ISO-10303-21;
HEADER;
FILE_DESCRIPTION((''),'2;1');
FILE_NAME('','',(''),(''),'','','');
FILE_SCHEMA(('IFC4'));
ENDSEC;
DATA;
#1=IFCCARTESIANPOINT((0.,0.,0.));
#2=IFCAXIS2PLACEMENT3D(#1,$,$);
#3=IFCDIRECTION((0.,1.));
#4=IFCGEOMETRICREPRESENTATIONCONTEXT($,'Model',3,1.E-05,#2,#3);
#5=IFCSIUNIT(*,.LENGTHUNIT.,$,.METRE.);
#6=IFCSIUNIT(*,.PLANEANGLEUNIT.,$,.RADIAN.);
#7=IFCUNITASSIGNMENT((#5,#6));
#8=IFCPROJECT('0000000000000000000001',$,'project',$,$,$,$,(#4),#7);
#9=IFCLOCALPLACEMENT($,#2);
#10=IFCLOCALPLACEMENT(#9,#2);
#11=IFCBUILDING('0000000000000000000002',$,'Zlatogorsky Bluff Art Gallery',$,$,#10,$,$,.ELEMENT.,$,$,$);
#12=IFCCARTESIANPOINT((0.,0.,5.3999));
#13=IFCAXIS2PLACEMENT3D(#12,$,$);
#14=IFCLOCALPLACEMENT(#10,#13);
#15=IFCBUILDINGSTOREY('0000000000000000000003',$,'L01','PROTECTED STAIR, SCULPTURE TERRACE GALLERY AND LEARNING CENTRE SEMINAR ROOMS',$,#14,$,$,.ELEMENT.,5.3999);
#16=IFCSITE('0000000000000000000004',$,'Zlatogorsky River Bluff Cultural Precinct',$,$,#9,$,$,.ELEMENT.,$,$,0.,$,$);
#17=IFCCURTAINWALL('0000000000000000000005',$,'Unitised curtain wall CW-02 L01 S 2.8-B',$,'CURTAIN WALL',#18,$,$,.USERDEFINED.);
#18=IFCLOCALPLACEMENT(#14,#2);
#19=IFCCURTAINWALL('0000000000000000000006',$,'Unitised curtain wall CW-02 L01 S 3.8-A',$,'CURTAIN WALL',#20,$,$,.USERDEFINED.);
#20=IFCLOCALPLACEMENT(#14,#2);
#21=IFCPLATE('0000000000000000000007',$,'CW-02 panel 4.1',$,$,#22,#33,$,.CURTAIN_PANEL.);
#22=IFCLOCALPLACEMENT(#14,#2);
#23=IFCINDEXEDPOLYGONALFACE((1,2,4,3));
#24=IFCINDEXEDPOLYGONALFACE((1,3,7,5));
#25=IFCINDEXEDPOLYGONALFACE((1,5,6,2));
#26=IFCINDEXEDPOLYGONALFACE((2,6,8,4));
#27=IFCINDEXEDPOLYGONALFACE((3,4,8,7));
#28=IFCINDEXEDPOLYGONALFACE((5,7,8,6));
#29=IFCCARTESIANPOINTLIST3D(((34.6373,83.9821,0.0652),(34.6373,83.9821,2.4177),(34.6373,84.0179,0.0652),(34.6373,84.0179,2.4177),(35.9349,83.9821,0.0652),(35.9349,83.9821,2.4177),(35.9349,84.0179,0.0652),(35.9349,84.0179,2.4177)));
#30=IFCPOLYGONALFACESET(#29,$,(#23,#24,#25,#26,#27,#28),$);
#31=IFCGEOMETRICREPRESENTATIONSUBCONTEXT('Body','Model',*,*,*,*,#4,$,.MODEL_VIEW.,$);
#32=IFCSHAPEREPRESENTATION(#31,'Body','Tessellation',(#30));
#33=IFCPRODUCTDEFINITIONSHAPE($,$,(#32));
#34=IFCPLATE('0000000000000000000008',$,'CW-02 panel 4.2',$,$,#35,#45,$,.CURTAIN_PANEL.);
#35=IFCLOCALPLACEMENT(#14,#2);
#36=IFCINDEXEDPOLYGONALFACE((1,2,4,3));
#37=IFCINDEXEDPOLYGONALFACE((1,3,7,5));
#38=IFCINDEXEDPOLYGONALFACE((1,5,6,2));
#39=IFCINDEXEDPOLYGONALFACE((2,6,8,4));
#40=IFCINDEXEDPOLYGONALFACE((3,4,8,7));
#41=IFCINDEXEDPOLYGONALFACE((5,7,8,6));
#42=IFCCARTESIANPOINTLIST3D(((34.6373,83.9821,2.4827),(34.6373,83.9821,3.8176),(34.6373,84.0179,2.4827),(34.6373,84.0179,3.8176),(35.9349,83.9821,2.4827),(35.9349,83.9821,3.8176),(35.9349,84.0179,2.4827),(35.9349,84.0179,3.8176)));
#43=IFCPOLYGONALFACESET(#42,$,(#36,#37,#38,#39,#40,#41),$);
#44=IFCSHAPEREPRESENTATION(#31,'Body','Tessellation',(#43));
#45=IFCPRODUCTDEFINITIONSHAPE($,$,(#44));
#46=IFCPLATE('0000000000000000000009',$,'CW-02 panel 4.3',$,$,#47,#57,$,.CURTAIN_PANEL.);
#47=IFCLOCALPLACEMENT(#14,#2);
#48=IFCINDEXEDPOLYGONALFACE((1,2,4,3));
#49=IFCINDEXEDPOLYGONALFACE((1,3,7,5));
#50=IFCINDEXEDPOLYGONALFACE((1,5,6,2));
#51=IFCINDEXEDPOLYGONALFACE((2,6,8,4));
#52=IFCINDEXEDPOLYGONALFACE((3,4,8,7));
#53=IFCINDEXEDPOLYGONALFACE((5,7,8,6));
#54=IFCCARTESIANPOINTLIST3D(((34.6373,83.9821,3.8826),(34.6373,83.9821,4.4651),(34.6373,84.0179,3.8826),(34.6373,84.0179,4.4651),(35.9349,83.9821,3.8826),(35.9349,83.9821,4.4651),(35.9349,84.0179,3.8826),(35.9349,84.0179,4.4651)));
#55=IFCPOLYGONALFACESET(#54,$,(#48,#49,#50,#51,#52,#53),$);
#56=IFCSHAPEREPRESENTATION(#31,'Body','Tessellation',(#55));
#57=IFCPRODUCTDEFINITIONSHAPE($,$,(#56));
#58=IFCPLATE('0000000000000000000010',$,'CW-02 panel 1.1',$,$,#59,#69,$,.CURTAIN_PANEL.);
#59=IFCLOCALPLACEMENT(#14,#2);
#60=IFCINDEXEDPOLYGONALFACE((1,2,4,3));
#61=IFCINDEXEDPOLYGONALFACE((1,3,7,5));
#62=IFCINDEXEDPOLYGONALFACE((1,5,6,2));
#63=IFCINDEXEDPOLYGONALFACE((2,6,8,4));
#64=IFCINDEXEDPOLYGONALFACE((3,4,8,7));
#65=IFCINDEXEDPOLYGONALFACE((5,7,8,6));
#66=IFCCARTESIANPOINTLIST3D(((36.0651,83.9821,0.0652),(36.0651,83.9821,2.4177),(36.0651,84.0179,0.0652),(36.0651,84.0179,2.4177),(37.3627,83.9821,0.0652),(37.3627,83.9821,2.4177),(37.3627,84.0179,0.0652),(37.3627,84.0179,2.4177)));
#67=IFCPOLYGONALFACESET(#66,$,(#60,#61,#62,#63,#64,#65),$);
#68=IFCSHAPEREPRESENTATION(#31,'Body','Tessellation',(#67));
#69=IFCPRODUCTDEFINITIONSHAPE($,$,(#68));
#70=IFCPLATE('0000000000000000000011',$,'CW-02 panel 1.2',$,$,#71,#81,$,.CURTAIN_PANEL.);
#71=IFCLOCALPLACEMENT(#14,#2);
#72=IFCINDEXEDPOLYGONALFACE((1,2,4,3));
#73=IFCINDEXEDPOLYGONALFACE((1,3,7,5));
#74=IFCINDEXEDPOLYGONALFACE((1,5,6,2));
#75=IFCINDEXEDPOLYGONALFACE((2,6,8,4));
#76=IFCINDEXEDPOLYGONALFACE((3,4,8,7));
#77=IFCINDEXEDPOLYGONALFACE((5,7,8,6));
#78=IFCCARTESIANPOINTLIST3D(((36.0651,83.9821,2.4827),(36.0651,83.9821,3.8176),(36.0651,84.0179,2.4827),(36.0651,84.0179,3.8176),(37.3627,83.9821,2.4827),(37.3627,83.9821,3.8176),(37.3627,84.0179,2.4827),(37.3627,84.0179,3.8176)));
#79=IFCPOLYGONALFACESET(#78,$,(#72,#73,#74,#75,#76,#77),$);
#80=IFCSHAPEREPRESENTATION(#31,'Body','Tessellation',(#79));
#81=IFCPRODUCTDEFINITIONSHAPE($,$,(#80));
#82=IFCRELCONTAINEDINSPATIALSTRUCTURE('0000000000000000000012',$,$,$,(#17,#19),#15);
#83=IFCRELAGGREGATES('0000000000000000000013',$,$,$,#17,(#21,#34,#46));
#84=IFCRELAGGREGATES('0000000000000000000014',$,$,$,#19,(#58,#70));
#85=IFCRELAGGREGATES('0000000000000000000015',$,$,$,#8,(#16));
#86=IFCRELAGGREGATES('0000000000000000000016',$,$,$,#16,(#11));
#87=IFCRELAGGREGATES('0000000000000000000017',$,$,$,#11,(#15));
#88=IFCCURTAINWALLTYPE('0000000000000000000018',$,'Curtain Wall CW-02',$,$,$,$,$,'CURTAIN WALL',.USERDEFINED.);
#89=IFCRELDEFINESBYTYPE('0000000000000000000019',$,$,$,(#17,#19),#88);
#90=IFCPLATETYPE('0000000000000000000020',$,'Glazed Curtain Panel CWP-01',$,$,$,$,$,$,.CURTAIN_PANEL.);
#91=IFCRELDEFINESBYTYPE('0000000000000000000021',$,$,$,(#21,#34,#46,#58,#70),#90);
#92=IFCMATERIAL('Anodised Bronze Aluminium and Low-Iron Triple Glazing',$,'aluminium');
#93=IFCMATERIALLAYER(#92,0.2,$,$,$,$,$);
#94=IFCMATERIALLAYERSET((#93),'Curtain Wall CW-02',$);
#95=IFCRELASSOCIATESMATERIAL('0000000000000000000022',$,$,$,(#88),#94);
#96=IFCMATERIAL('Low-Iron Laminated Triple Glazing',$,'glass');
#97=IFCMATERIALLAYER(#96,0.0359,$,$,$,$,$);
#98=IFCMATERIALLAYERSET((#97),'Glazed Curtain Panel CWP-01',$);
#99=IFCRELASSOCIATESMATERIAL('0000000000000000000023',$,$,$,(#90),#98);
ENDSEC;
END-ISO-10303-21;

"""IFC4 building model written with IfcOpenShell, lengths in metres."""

from ifc_helpers import new_model, si_unit, direction, frame, origin, origin_2d, place, context, subcontext, project, spatial, rectangle, extrude, material, layer, layer_set, type_object, element, aggregate, save


model = new_model("IFC4")

# Units and contexts
model_context = context("Model", 3, precision=1e-05, world=origin(), true_north=direction((0.0, 1.0)))
body_context = subcontext(model_context, "Body", "Model", "MODEL_VIEW")
ifc_project = project(units=[si_unit("LENGTHUNIT", "METRE"), si_unit("PLANEANGLEUNIT", "RADIAN")], contexts=[model_context])

# Site, building, storey
site_placement = place(None, origin())
site = spatial("IfcSite", under=ifc_project, at=site_placement, Name="Zlatogorsky River Bluff Cultural Precinct", CompositionType="ELEMENT", RefElevation=0.0)
building_placement = place(site_placement, origin())
building = spatial("IfcBuilding", under=site, at=building_placement, Name="Zlatogorsky Bluff Art Gallery", CompositionType="ELEMENT")
storey_placement = place(building_placement, frame((0.0, 0.0, 5.3999)))
storey = spatial("IfcBuildingStorey", under=building, at=storey_placement, Name="L01", Description="PROTECTED STAIR, SCULPTURE TERRACE GALLERY AND LEARNING CENTRE SEMINAR ROOMS", CompositionType="ELEMENT", Elevation=5.3999)

# Curtain wall
ifc_material_1 = material(Name="Anodised Bronze Aluminium and Low-Iron Triple Glazing", Category="aluminium")
ifc_layer_1 = layer(ifc_material_1, 0.2)
ifc_layer_set_1 = layer_set([ifc_layer_1], Name="Curtain Wall CW-02")
curtain_wall_type = type_object("IfcCurtainWallType", Name="Curtain Wall CW-02", ElementType="CURTAIN WALL", PredefinedType="USERDEFINED", material=ifc_layer_set_1)
curtain_wall_1_placement = place(storey_placement, origin())
curtain_wall_1 = element("IfcCurtainWall", 1, at=curtain_wall_1_placement, inside=storey, type_object=curtain_wall_type, Name="Unitised curtain wall CW-02 L01 S 2.8-B", ObjectType="CURTAIN WALL", PredefinedType="USERDEFINED")

# Curtain wall
curtain_wall_2_placement = place(storey_placement, origin())
curtain_wall_2 = element("IfcCurtainWall", 2, at=curtain_wall_2_placement, inside=storey, type_object=curtain_wall_type, Name="Unitised curtain wall CW-02 L01 S 3.8-A", ObjectType="CURTAIN WALL", PredefinedType="USERDEFINED")

# Plates
ifc_material_2 = material(Name="Low-Iron Laminated Triple Glazing", Category="glass")
ifc_layer_2 = layer(ifc_material_2, 0.0359)
ifc_layer_set_2 = layer_set([ifc_layer_2], Name="Glazed Curtain Panel CWP-01")
plate_type = type_object("IfcPlateType", Name="Glazed Curtain Panel CWP-01", PredefinedType="CURTAIN_PANEL", material=ifc_layer_set_2)
plate_1_placement = place(storey_placement, frame((35.2861, 84.0, 0.0652), z_axis=(0.0, 0.0, 1.0), x_axis=(1.0, 0.0, 0.0)))
plate_1 = element("IfcPlate", 3, at=plate_1_placement, type_object=plate_type, Name="CW-02 panel 4.1", PredefinedType="CURTAIN_PANEL", context=body_context, shape_type="SweptSolid", body=[
    extrude(rectangle(XDim=1.2976, YDim=0.0359, at=origin_2d()), origin(), (0.0, 0.0, 1.0), 2.3525),
])
plate_2_placement = place(storey_placement, frame((35.2861, 84.0, 2.4827), z_axis=(0.0, 0.0, 1.0), x_axis=(1.0, 0.0, 0.0)))
plate_2 = element("IfcPlate", 4, at=plate_2_placement, type_object=plate_type, Name="CW-02 panel 4.2", PredefinedType="CURTAIN_PANEL", context=body_context, shape_type="SweptSolid", body=[
    extrude(rectangle(XDim=1.2976, YDim=0.0359, at=origin_2d()), origin(), (0.0, 0.0, 1.0), 1.335),
])
plate_3_placement = place(storey_placement, frame((35.2861, 84.0, 3.8826), z_axis=(0.0, 0.0, 1.0), x_axis=(1.0, 0.0, 0.0)))
plate_3 = element("IfcPlate", 5, at=plate_3_placement, type_object=plate_type, Name="CW-02 panel 4.3", PredefinedType="CURTAIN_PANEL", context=body_context, shape_type="SweptSolid", body=[
    extrude(rectangle(XDim=1.2976, YDim=0.0359, at=origin_2d()), origin(), (0.0, 0.0, 1.0), 0.5825),
])
aggregate(curtain_wall_1, [plate_1, plate_2, plate_3])
plate_4_placement = place(storey_placement, frame((36.7139, 84.0, 0.0652), z_axis=(0.0, 0.0, 1.0), x_axis=(1.0, 0.0, 0.0)))
plate_4 = element("IfcPlate", 6, at=plate_4_placement, type_object=plate_type, Name="CW-02 panel 1.1", PredefinedType="CURTAIN_PANEL", context=body_context, shape_type="SweptSolid", body=[
    extrude(rectangle(XDim=1.2976, YDim=0.0359, at=origin_2d()), origin(), (0.0, 0.0, 1.0), 2.3525),
])
plate_5_placement = place(storey_placement, frame((36.7139, 84.0, 2.4827), z_axis=(0.0, 0.0, 1.0), x_axis=(1.0, 0.0, 0.0)))
plate_5 = element("IfcPlate", 7, at=plate_5_placement, type_object=plate_type, Name="CW-02 panel 1.2", PredefinedType="CURTAIN_PANEL", context=body_context, shape_type="SweptSolid", body=[
    extrude(rectangle(XDim=1.2976, YDim=0.0359, at=origin_2d()), origin(), (0.0, 0.0, 1.0), 1.335),
])
aggregate(curtain_wall_2, [plate_4, plate_5])

save(model, "model.ifc")
